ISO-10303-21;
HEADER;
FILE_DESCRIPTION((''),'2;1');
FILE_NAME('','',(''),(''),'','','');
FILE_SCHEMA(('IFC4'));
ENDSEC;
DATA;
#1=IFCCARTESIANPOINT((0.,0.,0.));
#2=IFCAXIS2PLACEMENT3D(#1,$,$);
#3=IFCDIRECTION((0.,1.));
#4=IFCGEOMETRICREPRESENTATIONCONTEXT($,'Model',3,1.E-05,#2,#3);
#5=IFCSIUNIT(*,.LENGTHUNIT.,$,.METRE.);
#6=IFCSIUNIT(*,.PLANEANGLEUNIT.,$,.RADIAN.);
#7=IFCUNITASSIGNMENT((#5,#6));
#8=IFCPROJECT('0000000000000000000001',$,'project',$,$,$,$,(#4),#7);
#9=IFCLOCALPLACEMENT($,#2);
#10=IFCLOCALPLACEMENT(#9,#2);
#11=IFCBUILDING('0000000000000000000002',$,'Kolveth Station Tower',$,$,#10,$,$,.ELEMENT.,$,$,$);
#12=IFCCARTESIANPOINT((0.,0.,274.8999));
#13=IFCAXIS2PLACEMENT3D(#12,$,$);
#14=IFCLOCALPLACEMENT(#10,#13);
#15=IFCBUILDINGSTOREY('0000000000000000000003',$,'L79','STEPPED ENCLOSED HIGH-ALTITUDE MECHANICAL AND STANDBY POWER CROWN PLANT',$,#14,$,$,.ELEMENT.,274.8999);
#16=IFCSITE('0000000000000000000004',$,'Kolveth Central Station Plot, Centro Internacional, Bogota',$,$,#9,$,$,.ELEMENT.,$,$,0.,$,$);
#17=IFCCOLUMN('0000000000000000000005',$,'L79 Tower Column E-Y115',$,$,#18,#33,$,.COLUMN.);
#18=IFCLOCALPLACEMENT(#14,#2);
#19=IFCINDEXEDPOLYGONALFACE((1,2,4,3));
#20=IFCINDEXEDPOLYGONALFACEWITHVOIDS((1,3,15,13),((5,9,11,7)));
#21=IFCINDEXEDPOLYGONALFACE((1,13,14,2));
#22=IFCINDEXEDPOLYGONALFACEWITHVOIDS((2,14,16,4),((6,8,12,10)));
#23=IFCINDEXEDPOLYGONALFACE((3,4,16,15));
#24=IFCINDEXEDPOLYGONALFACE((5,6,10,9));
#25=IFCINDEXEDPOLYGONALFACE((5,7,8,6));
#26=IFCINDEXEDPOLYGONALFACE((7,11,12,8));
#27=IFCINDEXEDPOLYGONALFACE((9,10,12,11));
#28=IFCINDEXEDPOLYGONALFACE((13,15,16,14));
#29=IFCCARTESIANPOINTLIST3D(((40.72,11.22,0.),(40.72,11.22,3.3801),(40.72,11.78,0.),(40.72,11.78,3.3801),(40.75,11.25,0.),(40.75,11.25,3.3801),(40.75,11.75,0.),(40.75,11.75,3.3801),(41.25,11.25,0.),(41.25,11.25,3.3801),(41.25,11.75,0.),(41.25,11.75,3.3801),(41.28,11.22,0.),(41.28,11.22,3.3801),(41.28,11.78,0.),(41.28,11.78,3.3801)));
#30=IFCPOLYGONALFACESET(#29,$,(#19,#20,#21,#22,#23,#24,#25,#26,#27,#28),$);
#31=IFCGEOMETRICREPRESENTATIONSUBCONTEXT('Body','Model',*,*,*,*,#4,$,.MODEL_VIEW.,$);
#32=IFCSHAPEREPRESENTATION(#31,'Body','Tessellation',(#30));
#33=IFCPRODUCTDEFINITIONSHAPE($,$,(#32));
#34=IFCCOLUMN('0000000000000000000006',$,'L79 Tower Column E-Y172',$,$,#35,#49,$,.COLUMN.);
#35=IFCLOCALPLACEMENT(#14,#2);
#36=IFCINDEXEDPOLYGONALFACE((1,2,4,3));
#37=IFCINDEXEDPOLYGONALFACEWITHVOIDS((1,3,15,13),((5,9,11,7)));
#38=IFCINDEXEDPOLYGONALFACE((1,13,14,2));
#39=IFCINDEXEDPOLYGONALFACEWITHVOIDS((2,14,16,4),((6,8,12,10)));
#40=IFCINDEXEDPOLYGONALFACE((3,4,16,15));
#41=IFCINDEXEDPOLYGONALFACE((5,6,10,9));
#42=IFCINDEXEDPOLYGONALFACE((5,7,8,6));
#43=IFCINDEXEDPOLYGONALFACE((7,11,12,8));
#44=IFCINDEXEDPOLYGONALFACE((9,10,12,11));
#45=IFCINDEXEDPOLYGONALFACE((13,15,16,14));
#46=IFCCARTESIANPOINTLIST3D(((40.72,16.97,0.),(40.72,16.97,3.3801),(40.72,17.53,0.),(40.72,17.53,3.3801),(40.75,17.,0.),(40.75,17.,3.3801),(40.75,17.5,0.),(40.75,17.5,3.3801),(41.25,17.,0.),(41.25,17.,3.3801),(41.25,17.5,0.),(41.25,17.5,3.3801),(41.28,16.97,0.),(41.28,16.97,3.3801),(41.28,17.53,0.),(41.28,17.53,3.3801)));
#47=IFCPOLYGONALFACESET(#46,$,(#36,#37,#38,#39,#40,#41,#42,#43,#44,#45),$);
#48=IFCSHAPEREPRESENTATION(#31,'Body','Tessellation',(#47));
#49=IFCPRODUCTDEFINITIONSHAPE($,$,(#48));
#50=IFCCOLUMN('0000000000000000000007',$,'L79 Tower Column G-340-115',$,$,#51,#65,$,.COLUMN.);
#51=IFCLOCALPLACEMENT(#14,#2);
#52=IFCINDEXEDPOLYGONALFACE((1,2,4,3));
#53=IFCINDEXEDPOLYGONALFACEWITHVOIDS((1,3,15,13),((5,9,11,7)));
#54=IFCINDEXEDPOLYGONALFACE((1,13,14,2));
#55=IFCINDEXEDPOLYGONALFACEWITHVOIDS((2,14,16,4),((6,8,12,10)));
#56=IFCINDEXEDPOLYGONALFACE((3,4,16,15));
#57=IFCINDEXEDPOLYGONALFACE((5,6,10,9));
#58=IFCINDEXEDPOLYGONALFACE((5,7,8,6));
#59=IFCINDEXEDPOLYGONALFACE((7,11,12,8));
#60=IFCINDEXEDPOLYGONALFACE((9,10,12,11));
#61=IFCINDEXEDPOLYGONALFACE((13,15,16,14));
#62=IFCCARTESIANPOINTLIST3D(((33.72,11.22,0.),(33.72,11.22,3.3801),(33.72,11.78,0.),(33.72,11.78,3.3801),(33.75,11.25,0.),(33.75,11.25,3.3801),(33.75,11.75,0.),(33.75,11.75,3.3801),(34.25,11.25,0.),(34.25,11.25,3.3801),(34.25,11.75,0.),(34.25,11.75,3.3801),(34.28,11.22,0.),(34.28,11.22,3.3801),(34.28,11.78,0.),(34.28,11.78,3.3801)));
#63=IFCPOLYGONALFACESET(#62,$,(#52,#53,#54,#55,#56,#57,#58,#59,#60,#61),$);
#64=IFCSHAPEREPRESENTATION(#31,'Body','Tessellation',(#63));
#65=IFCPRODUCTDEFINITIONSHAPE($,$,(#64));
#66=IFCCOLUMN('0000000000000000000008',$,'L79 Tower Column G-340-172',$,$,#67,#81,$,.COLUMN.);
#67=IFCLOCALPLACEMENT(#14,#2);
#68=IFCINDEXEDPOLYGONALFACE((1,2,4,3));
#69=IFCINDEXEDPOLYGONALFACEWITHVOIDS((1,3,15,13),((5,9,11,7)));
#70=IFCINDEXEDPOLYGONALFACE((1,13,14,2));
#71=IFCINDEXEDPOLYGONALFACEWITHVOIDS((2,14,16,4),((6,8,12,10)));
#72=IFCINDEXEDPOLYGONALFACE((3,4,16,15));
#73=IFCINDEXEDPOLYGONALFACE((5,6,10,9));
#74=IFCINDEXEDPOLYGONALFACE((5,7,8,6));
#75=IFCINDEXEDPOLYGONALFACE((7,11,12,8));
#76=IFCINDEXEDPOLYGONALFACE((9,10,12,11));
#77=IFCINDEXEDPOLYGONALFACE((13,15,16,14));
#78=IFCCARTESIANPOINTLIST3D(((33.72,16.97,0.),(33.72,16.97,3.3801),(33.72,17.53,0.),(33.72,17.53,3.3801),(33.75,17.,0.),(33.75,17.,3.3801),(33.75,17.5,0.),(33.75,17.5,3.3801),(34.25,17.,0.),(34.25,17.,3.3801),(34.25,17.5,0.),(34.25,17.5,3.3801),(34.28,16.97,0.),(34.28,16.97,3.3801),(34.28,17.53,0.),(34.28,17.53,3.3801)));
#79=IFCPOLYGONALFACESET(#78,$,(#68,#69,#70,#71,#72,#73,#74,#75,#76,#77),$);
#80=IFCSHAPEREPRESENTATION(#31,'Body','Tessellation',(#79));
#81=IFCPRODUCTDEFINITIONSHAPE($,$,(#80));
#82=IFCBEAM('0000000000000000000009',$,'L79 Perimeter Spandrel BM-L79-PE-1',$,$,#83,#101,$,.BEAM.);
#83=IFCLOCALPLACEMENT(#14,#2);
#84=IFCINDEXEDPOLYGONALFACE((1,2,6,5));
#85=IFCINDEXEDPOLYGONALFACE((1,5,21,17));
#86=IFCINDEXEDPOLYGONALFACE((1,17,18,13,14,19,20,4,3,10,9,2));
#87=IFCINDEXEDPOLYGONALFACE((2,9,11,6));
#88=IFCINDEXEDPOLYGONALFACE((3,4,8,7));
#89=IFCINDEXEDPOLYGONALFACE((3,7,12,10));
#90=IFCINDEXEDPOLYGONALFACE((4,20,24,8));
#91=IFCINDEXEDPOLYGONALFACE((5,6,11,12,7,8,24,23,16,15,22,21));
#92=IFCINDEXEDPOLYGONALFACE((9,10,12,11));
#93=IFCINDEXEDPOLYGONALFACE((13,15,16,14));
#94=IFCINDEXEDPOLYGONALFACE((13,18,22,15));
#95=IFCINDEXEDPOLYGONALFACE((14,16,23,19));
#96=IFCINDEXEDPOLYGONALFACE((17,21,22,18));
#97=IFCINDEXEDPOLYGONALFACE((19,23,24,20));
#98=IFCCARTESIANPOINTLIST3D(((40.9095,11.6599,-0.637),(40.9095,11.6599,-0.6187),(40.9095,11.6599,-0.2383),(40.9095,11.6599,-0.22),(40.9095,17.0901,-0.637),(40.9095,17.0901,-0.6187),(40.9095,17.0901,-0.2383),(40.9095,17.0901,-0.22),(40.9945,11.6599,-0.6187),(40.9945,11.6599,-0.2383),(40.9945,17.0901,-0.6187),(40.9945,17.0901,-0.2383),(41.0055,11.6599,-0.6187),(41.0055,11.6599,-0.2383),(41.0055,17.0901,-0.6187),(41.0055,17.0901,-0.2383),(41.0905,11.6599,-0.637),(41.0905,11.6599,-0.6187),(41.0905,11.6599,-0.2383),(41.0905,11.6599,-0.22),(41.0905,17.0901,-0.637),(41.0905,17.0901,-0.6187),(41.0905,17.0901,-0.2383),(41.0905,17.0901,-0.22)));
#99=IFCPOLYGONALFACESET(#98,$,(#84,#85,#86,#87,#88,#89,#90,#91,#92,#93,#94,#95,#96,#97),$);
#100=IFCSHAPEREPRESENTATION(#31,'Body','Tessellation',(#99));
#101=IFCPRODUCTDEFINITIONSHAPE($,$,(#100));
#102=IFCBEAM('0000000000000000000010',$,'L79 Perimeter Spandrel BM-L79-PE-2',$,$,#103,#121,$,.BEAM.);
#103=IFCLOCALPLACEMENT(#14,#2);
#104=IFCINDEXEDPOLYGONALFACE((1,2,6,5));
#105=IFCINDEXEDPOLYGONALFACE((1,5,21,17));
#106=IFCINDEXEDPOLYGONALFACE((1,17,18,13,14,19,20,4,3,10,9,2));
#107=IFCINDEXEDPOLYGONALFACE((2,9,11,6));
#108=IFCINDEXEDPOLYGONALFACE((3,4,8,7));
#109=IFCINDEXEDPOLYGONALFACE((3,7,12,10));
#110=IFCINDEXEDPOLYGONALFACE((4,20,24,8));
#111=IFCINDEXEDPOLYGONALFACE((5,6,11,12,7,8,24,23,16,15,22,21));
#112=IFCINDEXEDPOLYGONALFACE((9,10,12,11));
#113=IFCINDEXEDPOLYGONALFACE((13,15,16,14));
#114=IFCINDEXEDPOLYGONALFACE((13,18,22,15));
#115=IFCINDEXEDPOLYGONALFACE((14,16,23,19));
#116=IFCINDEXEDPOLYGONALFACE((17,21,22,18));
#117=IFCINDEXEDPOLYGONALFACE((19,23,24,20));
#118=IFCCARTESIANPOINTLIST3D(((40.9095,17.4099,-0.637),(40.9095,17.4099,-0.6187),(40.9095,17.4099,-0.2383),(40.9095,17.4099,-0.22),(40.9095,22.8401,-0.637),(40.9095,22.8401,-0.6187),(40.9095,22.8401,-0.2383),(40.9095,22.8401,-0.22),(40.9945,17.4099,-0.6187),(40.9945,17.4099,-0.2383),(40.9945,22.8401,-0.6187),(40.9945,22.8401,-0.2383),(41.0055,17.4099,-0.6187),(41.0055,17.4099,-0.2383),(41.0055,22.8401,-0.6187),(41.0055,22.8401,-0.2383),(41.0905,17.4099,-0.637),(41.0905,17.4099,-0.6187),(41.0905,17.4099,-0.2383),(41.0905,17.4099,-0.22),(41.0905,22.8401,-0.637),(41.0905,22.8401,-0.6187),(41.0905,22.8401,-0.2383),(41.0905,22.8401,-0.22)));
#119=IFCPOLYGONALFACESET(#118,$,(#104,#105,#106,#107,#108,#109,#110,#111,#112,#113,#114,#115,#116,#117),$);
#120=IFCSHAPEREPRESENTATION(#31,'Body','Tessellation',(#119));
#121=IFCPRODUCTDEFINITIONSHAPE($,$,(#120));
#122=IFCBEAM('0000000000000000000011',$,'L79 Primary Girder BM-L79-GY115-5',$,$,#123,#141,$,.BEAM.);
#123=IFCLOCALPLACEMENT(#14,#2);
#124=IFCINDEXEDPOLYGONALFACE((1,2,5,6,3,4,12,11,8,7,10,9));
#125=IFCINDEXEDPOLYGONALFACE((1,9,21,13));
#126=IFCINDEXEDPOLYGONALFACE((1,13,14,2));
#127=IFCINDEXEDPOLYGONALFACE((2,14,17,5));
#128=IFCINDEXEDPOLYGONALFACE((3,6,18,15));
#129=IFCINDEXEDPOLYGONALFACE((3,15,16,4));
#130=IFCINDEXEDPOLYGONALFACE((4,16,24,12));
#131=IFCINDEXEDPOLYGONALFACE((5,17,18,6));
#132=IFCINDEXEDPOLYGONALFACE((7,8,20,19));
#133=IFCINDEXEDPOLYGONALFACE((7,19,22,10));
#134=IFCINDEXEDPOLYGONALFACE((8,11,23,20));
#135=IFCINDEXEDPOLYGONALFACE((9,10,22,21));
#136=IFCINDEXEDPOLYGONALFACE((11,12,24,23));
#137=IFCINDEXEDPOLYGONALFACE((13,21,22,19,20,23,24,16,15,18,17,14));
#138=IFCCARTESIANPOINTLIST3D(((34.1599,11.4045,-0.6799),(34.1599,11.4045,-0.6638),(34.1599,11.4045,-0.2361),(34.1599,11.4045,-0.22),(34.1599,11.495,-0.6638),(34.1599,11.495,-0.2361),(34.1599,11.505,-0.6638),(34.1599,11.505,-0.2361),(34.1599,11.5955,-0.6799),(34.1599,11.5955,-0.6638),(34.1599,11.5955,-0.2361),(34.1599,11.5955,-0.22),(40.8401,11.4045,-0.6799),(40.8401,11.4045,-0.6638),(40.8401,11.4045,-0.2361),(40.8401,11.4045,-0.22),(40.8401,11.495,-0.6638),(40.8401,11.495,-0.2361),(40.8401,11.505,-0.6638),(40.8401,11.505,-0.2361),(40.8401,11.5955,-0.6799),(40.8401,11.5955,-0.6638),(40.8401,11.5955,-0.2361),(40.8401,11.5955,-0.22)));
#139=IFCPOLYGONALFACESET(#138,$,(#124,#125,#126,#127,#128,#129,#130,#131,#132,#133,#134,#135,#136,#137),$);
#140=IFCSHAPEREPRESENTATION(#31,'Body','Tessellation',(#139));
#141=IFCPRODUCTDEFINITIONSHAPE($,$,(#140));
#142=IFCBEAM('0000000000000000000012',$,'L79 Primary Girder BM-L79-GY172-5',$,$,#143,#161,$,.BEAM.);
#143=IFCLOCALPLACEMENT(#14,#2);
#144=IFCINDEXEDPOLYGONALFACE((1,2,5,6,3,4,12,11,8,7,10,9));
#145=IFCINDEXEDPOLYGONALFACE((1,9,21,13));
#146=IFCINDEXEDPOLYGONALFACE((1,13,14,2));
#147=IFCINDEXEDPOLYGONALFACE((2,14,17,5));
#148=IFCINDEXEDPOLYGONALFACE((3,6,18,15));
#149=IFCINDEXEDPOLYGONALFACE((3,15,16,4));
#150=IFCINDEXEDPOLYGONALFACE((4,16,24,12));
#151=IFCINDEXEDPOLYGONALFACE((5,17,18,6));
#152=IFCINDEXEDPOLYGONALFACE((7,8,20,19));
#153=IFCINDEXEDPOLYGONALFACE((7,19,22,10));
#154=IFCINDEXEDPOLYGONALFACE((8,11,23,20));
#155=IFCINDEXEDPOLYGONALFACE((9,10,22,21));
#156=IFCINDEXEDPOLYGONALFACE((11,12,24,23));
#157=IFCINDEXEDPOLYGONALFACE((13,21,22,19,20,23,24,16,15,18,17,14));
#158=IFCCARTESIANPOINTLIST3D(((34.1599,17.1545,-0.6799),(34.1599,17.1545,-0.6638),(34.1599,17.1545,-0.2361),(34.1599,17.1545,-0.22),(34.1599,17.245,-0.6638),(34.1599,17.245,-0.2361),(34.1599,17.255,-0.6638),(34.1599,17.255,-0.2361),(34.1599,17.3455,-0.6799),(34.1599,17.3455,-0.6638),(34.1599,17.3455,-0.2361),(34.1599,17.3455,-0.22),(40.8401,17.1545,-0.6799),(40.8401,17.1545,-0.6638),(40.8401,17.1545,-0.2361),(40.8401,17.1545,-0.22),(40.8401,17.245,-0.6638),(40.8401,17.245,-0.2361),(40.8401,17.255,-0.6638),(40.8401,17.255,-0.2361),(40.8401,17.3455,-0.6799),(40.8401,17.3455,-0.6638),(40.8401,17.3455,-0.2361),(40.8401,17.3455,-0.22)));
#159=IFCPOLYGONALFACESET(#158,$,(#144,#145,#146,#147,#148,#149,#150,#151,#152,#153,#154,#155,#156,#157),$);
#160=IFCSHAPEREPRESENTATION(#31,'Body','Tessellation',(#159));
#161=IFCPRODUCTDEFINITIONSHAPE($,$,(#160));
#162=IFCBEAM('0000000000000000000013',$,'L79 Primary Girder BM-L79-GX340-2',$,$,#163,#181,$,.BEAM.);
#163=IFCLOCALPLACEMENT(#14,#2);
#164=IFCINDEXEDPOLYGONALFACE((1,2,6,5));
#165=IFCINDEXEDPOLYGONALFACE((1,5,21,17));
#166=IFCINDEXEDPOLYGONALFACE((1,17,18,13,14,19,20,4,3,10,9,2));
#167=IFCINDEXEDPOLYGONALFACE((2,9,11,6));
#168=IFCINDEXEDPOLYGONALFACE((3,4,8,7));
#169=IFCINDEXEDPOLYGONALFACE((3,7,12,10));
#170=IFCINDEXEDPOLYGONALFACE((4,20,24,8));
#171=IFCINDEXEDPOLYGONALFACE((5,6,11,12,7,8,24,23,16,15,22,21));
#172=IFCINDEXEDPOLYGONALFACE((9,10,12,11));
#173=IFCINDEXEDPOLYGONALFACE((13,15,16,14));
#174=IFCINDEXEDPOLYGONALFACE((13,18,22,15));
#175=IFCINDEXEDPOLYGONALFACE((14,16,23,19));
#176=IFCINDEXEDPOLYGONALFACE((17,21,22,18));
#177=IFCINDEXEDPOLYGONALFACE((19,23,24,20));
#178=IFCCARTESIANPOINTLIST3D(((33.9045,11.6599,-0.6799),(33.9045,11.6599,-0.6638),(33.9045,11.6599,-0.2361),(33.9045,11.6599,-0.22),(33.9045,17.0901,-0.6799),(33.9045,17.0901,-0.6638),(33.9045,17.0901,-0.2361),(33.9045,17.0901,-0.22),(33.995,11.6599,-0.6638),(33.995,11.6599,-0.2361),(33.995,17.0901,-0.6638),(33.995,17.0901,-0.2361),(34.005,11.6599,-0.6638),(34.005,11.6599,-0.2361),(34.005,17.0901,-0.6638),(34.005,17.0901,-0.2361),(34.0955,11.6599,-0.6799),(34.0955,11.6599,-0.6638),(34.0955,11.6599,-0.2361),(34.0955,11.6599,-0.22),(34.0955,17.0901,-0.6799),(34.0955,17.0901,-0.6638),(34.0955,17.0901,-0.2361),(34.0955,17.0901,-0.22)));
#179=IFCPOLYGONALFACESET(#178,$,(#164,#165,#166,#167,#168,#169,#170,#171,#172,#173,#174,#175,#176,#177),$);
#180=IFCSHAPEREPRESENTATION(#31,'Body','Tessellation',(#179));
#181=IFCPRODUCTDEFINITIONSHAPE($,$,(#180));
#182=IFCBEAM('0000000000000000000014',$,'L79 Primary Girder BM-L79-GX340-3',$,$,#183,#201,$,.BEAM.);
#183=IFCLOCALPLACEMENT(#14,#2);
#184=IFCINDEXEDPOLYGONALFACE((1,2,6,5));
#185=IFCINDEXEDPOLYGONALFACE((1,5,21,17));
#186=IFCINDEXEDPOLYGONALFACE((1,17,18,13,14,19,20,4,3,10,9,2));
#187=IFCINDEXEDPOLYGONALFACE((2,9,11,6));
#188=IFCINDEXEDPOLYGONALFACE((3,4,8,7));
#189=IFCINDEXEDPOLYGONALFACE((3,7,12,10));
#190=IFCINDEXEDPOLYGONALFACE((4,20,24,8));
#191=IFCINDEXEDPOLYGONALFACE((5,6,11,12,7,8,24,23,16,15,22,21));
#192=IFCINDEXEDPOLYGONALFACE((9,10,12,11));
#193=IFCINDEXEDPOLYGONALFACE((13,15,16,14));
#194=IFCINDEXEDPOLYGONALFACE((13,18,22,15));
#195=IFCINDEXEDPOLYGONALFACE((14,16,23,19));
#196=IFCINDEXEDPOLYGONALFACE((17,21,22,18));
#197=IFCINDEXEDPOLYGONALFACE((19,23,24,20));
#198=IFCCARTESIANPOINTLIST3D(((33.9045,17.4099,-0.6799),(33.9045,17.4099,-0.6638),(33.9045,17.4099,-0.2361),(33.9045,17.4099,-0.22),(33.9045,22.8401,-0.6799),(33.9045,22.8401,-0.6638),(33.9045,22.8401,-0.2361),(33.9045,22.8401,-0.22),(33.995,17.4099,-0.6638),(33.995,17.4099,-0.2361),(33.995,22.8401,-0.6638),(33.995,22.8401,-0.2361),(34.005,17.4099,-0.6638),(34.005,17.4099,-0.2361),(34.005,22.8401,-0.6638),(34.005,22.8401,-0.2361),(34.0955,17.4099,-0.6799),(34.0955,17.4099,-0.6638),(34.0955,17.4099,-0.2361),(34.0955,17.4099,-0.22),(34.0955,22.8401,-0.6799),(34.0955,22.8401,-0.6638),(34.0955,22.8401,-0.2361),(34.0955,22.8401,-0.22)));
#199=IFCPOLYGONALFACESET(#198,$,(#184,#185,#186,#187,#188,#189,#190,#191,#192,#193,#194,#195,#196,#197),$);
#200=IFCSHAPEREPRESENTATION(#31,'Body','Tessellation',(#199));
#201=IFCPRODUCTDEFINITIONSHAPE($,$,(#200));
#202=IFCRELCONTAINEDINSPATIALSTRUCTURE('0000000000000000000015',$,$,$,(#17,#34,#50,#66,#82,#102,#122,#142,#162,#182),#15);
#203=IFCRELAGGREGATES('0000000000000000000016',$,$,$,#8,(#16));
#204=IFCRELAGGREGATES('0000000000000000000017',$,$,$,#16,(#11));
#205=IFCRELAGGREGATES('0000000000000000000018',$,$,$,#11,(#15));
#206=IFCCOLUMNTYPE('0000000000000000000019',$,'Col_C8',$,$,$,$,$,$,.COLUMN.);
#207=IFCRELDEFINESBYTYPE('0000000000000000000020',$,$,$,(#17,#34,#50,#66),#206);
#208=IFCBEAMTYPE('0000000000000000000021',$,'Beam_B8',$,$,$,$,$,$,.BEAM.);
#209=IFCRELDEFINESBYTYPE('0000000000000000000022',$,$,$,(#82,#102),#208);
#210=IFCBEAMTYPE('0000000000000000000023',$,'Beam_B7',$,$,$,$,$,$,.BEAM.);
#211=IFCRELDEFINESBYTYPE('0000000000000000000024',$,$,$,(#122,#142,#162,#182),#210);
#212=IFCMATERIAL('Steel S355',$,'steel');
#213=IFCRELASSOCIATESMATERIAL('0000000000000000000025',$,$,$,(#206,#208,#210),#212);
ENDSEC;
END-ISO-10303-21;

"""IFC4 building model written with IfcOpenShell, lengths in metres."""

from ifc_helpers import new_model, si_unit, direction, frame, origin, origin_2d, place, context, subcontext, project, spatial, hollow_rectangle, i_section, extrude, source, transform, mapped, material, material_profile, profile_set, type_object, element, save


model = new_model("IFC4")

# Units and contexts
model_context = context("Model", 3, precision=1e-05, world=origin(), true_north=direction((0.0, 1.0)))
body_context = subcontext(model_context, "Body", "Model", "MODEL_VIEW")
ifc_project = project(units=[si_unit("LENGTHUNIT", "METRE"), si_unit("PLANEANGLEUNIT", "RADIAN")], contexts=[model_context])

# Site, building, storey
site_placement = place(None, origin())
site = spatial("IfcSite", under=ifc_project, at=site_placement, Name="Kolveth Central Station Plot, Centro Internacional, Bogota", CompositionType="ELEMENT", RefElevation=0.0)
building_placement = place(site_placement, origin())
building = spatial("IfcBuilding", under=site, at=building_placement, Name="Kolveth Station Tower", CompositionType="ELEMENT")
storey_placement = place(building_placement, frame((0.0, 0.0, 274.8999)))
storey = spatial("IfcBuildingStorey", under=building, at=storey_placement, Name="L79", Description="STEPPED ENCLOSED HIGH-ALTITUDE MECHANICAL AND STANDBY POWER CROWN PLANT", CompositionType="ELEMENT", Elevation=274.8999)

# Columns
ifc_material_1 = material(Name="Steel S355", Category="steel")
ifc_material_profile_1 = material_profile(ifc_material_1, hollow_rectangle(XDim=0.5601, YDim=0.5601, WallThickness=0.03, at=origin_2d()), Name="BOX560x560x30")
ifc_profile_set_1 = profile_set([ifc_material_profile_1], Name="Steel S355")
column_type = type_object("IfcColumnType", Name="Col_C8", PredefinedType="COLUMN", material=ifc_profile_set_1)
shared_shape_1 = source(origin(), body_context, "Body", "SweptSolid", [
    extrude(hollow_rectangle(XDim=0.5601, YDim=0.5601, WallThickness=0.03, at=origin_2d()), origin(), (0.0, 0.0, 1.0), 3.3801),
])
for number, where, z_axis, x_axis, name in (
    (1, (41.0, 11.5, 0.0), (0.0, 0.0, 1.0), (1.0, 0.0, 0.0), "L79 Tower Column E-Y115"),
    (2, (41.0, 17.25, 0.0), (0.0, 0.0, 1.0), (1.0, 0.0, 0.0), "L79 Tower Column E-Y172"),
    (3, (34.0, 11.5, 0.0), (0.0, 0.0, 1.0), (1.0, 0.0, 0.0), "L79 Tower Column G-340-115"),
    (4, (34.0, 17.25, 0.0), (0.0, 0.0, 1.0), (1.0, 0.0, 0.0), "L79 Tower Column G-340-172"),
):
    element("IfcColumn", number, at=place(storey_placement, frame(where, z_axis=z_axis, x_axis=x_axis)), inside=storey, type_object=column_type, Name=name, PredefinedType="COLUMN", context=body_context, shape_type="MappedRepresentation", body=[
        mapped(shared_shape_1, transform((0.0, 0.0, 0.0), x_axis=(1.0, 0.0, 0.0), y_axis=(0.0, 1.0, 0.0), z_axis=(0.0, 0.0, 1.0), scale=1.0)),
    ])

# Beams
ifc_material_profile_2 = material_profile(ifc_material_1, i_section(OverallWidth=0.1809, OverallDepth=0.417, WebThickness=0.011, FlangeThickness=0.0183, at=origin_2d()), Name="W410x85")
ifc_profile_set_2 = profile_set([ifc_material_profile_2], Name="Steel S355")
beam_type_1 = type_object("IfcBeamType", Name="Beam_B8", PredefinedType="BEAM", material=ifc_profile_set_2)
shared_shape_2 = source(origin(), body_context, "Body", "SweptSolid", [
    extrude(i_section(OverallWidth=0.1809, OverallDepth=0.417, WebThickness=0.011, FlangeThickness=0.0183, at=origin_2d()), origin(), (0.0, 0.0, 1.0), 5.4302),
])
for number, where, z_axis, x_axis, name in (
    (5, (41.0, 11.6599, -0.4285), (0.0, 1.0, 0.0), (-1.0, 0.0, 0.0), "L79 Perimeter Spandrel BM-L79-PE-1"),
    (6, (41.0, 17.4099, -0.4285), (0.0, 1.0, 0.0), (-1.0, 0.0, 0.0), "L79 Perimeter Spandrel BM-L79-PE-2"),
):
    element("IfcBeam", number, at=place(storey_placement, frame(where, z_axis=z_axis, x_axis=x_axis)), inside=storey, type_object=beam_type_1, Name=name, PredefinedType="BEAM", context=body_context, shape_type="MappedRepresentation", body=[
        mapped(shared_shape_2, transform((0.0, 0.0, 0.0), x_axis=(1.0, 0.0, 0.0), y_axis=(0.0, 1.0, 0.0), z_axis=(0.0, 0.0, 1.0), scale=1.0)),
    ])
ifc_material_profile_3 = material_profile(ifc_material_1, i_section(OverallWidth=0.1909, OverallDepth=0.46, WebThickness=0.01, FlangeThickness=0.0161, at=origin_2d()), Name="W460x82")
ifc_profile_set_3 = profile_set([ifc_material_profile_3], Name="Steel S355")
beam_type_2 = type_object("IfcBeamType", Name="Beam_B7", PredefinedType="BEAM", material=ifc_profile_set_3)
shared_shape_3 = source(origin(), body_context, "Body", "SweptSolid", [
    extrude(i_section(OverallWidth=0.1909, OverallDepth=0.46, WebThickness=0.01, FlangeThickness=0.0161, at=origin_2d()), origin(), (0.0, 0.0, 1.0), 6.6802),
])
for number, where, z_axis, x_axis, name in (
    (7, (34.1599, 11.5, -0.45), (1.0, 0.0, 0.0), (0.0, 1.0, 0.0), "L79 Primary Girder BM-L79-GY115-5"),
    (8, (34.1599, 17.25, -0.45), (1.0, 0.0, 0.0), (0.0, 1.0, 0.0), "L79 Primary Girder BM-L79-GY172-5"),
):
    element("IfcBeam", number, at=place(storey_placement, frame(where, z_axis=z_axis, x_axis=x_axis)), inside=storey, type_object=beam_type_2, Name=name, PredefinedType="BEAM", context=body_context, shape_type="MappedRepresentation", body=[
        mapped(shared_shape_3, transform((0.0, 0.0, 0.0), x_axis=(1.0, 0.0, 0.0), y_axis=(0.0, 1.0, 0.0), z_axis=(0.0, 0.0, 1.0), scale=1.0)),
    ])
shared_shape_4 = source(origin(), body_context, "Body", "SweptSolid", [
    extrude(i_section(OverallWidth=0.1909, OverallDepth=0.46, WebThickness=0.01, FlangeThickness=0.0161, at=origin_2d()), origin(), (0.0, 0.0, 1.0), 5.4302),
])
for number, where, z_axis, x_axis, name in (
    (9, (34.0, 11.6599, -0.45), (0.0, 1.0, 0.0), (-1.0, 0.0, 0.0), "L79 Primary Girder BM-L79-GX340-2"),
    (10, (34.0, 17.4099, -0.45), (0.0, 1.0, 0.0), (-1.0, 0.0, 0.0), "L79 Primary Girder BM-L79-GX340-3"),
):
    element("IfcBeam", number, at=place(storey_placement, frame(where, z_axis=z_axis, x_axis=x_axis)), inside=storey, type_object=beam_type_2, Name=name, PredefinedType="BEAM", context=body_context, shape_type="MappedRepresentation", body=[
        mapped(shared_shape_4, transform((0.0, 0.0, 0.0), x_axis=(1.0, 0.0, 0.0), y_axis=(0.0, 1.0, 0.0), z_axis=(0.0, 0.0, 1.0), scale=1.0)),
    ])

save(model, "model.ifc")
